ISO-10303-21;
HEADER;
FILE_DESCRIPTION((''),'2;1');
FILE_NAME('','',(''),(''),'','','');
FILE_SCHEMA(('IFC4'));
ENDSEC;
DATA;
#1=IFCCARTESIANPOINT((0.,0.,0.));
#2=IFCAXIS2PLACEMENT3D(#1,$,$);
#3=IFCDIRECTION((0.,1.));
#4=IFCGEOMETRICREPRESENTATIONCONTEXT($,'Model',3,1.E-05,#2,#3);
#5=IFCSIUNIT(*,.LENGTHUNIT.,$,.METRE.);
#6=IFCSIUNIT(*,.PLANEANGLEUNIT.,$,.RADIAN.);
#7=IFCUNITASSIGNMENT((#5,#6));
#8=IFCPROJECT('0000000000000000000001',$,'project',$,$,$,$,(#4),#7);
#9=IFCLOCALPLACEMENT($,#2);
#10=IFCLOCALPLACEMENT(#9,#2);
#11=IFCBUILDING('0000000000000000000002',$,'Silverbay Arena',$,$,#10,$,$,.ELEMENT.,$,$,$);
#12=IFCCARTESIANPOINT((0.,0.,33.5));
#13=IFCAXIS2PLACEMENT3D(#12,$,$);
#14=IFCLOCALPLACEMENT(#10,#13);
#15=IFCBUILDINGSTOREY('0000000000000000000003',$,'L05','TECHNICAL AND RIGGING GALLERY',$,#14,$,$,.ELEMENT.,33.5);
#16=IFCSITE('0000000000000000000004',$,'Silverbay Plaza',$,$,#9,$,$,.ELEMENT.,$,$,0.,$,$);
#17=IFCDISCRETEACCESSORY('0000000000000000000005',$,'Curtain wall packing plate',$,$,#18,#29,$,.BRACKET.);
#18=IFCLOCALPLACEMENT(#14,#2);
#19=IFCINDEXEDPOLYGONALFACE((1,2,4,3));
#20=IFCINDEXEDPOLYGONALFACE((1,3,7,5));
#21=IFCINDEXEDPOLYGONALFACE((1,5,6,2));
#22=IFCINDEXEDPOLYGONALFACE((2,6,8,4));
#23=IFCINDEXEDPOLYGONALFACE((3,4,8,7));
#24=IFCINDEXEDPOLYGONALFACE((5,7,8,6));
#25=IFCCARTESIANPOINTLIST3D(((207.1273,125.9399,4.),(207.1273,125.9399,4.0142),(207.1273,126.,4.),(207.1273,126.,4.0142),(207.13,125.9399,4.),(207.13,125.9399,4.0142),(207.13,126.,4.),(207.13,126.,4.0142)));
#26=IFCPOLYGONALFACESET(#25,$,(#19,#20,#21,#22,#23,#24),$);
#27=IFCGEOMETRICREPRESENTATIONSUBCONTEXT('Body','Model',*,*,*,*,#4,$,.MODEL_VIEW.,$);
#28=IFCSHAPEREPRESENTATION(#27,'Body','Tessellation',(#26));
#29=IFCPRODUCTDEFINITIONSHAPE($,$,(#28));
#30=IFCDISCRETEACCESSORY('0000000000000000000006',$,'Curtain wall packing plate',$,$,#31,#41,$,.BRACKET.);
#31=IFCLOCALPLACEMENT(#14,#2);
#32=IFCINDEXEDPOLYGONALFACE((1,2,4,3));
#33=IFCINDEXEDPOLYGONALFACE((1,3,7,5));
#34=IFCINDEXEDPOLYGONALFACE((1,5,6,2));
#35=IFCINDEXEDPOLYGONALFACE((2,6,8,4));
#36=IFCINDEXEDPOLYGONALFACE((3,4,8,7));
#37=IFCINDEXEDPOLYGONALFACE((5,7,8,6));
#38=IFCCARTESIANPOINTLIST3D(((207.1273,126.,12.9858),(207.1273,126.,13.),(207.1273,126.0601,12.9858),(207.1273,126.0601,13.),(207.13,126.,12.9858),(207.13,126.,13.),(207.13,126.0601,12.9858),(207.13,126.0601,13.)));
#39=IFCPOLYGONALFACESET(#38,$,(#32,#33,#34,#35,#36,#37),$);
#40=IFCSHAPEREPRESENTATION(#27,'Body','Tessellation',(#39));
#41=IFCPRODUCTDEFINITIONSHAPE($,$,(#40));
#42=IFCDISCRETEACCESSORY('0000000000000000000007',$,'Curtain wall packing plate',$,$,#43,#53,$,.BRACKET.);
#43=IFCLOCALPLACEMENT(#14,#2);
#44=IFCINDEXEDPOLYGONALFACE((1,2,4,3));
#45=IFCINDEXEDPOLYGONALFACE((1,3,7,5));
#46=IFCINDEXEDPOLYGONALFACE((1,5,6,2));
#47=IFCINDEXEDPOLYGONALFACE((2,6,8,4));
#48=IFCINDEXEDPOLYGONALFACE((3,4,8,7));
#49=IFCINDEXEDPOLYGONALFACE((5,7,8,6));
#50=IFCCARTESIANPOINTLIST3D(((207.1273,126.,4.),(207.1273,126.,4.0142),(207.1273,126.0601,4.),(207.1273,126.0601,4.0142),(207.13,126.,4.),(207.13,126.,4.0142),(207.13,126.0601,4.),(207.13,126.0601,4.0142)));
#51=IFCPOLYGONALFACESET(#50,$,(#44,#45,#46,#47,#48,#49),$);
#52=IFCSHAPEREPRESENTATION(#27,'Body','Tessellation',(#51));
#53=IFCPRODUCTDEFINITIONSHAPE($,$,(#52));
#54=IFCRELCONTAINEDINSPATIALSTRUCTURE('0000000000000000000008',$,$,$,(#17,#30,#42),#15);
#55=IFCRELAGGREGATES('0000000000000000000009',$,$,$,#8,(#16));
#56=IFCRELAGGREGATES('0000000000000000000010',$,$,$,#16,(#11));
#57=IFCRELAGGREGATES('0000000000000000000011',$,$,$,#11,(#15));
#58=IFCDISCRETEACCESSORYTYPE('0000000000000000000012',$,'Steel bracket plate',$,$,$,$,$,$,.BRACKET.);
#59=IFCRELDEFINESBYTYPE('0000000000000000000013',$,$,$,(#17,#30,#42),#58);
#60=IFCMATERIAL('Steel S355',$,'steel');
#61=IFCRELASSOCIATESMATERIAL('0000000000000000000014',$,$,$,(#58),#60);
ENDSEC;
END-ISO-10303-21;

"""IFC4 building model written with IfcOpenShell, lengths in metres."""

from ifc_helpers import new_model, si_unit, direction, frame, origin, origin_2d, place, context, subcontext, project, spatial, rectangle, extrude, material, type_object, element, save


model = new_model("IFC4")

# Units and contexts
model_context = context("Model", 3, precision=1e-05, world=origin(), true_north=direction((0.0, 1.0)))
body_context = subcontext(model_context, "Body", "Model", "MODEL_VIEW")
ifc_project = project(units=[si_unit("LENGTHUNIT", "METRE"), si_unit("PLANEANGLEUNIT", "RADIAN")], contexts=[model_context])

# Site, building, storey
site_placement = place(None, origin())
site = spatial("IfcSite", under=ifc_project, at=site_placement, Name="Silverbay Plaza", CompositionType="ELEMENT", RefElevation=0.0)
building_placement = place(site_placement, origin())
building = spatial("IfcBuilding", under=site, at=building_placement, Name="Silverbay Arena", CompositionType="ELEMENT")
storey_placement = place(building_placement, frame((0.0, 0.0, 33.5)))
storey = spatial("IfcBuildingStorey", under=building, at=storey_placement, Name="L05", Description="TECHNICAL AND RIGGING GALLERY", CompositionType="ELEMENT", Elevation=33.5)

# Discrete accessories
ifc_material_1 = material(Name="Steel S355", Category="steel")
discrete_accessory_type = type_object("IfcDiscreteAccessoryType", Name="Steel bracket plate", PredefinedType="BRACKET", material=ifc_material_1)
for number, where, z_axis, x_axis, name in (
    (1, (207.1287, 125.97, 4.0), (0.0, 0.0, 1.0), (1.0, 0.0, 0.0), "Curtain wall packing plate"),
    (2, (207.1287, 126.03, 12.9858), (0.0, 0.0, 1.0), (1.0, 0.0, 0.0), "Curtain wall packing plate"),
    (3, (207.1287, 126.03, 4.0), (0.0, 0.0, 1.0), (1.0, 0.0, 0.0), "Curtain wall packing plate"),
):
    element("IfcDiscreteAccessory", number, at=place(storey_placement, frame(where, z_axis=z_axis, x_axis=x_axis)), inside=storey, type_object=discrete_accessory_type, Name=name, PredefinedType="BRACKET", context=body_context, shape_type="SweptSolid", body=[
        extrude(rectangle(XDim=0.0027, YDim=0.0601, at=origin_2d()), origin(), (0.0, 0.0, 1.0), 0.0142),
    ])

save(model, "model.ifc")
